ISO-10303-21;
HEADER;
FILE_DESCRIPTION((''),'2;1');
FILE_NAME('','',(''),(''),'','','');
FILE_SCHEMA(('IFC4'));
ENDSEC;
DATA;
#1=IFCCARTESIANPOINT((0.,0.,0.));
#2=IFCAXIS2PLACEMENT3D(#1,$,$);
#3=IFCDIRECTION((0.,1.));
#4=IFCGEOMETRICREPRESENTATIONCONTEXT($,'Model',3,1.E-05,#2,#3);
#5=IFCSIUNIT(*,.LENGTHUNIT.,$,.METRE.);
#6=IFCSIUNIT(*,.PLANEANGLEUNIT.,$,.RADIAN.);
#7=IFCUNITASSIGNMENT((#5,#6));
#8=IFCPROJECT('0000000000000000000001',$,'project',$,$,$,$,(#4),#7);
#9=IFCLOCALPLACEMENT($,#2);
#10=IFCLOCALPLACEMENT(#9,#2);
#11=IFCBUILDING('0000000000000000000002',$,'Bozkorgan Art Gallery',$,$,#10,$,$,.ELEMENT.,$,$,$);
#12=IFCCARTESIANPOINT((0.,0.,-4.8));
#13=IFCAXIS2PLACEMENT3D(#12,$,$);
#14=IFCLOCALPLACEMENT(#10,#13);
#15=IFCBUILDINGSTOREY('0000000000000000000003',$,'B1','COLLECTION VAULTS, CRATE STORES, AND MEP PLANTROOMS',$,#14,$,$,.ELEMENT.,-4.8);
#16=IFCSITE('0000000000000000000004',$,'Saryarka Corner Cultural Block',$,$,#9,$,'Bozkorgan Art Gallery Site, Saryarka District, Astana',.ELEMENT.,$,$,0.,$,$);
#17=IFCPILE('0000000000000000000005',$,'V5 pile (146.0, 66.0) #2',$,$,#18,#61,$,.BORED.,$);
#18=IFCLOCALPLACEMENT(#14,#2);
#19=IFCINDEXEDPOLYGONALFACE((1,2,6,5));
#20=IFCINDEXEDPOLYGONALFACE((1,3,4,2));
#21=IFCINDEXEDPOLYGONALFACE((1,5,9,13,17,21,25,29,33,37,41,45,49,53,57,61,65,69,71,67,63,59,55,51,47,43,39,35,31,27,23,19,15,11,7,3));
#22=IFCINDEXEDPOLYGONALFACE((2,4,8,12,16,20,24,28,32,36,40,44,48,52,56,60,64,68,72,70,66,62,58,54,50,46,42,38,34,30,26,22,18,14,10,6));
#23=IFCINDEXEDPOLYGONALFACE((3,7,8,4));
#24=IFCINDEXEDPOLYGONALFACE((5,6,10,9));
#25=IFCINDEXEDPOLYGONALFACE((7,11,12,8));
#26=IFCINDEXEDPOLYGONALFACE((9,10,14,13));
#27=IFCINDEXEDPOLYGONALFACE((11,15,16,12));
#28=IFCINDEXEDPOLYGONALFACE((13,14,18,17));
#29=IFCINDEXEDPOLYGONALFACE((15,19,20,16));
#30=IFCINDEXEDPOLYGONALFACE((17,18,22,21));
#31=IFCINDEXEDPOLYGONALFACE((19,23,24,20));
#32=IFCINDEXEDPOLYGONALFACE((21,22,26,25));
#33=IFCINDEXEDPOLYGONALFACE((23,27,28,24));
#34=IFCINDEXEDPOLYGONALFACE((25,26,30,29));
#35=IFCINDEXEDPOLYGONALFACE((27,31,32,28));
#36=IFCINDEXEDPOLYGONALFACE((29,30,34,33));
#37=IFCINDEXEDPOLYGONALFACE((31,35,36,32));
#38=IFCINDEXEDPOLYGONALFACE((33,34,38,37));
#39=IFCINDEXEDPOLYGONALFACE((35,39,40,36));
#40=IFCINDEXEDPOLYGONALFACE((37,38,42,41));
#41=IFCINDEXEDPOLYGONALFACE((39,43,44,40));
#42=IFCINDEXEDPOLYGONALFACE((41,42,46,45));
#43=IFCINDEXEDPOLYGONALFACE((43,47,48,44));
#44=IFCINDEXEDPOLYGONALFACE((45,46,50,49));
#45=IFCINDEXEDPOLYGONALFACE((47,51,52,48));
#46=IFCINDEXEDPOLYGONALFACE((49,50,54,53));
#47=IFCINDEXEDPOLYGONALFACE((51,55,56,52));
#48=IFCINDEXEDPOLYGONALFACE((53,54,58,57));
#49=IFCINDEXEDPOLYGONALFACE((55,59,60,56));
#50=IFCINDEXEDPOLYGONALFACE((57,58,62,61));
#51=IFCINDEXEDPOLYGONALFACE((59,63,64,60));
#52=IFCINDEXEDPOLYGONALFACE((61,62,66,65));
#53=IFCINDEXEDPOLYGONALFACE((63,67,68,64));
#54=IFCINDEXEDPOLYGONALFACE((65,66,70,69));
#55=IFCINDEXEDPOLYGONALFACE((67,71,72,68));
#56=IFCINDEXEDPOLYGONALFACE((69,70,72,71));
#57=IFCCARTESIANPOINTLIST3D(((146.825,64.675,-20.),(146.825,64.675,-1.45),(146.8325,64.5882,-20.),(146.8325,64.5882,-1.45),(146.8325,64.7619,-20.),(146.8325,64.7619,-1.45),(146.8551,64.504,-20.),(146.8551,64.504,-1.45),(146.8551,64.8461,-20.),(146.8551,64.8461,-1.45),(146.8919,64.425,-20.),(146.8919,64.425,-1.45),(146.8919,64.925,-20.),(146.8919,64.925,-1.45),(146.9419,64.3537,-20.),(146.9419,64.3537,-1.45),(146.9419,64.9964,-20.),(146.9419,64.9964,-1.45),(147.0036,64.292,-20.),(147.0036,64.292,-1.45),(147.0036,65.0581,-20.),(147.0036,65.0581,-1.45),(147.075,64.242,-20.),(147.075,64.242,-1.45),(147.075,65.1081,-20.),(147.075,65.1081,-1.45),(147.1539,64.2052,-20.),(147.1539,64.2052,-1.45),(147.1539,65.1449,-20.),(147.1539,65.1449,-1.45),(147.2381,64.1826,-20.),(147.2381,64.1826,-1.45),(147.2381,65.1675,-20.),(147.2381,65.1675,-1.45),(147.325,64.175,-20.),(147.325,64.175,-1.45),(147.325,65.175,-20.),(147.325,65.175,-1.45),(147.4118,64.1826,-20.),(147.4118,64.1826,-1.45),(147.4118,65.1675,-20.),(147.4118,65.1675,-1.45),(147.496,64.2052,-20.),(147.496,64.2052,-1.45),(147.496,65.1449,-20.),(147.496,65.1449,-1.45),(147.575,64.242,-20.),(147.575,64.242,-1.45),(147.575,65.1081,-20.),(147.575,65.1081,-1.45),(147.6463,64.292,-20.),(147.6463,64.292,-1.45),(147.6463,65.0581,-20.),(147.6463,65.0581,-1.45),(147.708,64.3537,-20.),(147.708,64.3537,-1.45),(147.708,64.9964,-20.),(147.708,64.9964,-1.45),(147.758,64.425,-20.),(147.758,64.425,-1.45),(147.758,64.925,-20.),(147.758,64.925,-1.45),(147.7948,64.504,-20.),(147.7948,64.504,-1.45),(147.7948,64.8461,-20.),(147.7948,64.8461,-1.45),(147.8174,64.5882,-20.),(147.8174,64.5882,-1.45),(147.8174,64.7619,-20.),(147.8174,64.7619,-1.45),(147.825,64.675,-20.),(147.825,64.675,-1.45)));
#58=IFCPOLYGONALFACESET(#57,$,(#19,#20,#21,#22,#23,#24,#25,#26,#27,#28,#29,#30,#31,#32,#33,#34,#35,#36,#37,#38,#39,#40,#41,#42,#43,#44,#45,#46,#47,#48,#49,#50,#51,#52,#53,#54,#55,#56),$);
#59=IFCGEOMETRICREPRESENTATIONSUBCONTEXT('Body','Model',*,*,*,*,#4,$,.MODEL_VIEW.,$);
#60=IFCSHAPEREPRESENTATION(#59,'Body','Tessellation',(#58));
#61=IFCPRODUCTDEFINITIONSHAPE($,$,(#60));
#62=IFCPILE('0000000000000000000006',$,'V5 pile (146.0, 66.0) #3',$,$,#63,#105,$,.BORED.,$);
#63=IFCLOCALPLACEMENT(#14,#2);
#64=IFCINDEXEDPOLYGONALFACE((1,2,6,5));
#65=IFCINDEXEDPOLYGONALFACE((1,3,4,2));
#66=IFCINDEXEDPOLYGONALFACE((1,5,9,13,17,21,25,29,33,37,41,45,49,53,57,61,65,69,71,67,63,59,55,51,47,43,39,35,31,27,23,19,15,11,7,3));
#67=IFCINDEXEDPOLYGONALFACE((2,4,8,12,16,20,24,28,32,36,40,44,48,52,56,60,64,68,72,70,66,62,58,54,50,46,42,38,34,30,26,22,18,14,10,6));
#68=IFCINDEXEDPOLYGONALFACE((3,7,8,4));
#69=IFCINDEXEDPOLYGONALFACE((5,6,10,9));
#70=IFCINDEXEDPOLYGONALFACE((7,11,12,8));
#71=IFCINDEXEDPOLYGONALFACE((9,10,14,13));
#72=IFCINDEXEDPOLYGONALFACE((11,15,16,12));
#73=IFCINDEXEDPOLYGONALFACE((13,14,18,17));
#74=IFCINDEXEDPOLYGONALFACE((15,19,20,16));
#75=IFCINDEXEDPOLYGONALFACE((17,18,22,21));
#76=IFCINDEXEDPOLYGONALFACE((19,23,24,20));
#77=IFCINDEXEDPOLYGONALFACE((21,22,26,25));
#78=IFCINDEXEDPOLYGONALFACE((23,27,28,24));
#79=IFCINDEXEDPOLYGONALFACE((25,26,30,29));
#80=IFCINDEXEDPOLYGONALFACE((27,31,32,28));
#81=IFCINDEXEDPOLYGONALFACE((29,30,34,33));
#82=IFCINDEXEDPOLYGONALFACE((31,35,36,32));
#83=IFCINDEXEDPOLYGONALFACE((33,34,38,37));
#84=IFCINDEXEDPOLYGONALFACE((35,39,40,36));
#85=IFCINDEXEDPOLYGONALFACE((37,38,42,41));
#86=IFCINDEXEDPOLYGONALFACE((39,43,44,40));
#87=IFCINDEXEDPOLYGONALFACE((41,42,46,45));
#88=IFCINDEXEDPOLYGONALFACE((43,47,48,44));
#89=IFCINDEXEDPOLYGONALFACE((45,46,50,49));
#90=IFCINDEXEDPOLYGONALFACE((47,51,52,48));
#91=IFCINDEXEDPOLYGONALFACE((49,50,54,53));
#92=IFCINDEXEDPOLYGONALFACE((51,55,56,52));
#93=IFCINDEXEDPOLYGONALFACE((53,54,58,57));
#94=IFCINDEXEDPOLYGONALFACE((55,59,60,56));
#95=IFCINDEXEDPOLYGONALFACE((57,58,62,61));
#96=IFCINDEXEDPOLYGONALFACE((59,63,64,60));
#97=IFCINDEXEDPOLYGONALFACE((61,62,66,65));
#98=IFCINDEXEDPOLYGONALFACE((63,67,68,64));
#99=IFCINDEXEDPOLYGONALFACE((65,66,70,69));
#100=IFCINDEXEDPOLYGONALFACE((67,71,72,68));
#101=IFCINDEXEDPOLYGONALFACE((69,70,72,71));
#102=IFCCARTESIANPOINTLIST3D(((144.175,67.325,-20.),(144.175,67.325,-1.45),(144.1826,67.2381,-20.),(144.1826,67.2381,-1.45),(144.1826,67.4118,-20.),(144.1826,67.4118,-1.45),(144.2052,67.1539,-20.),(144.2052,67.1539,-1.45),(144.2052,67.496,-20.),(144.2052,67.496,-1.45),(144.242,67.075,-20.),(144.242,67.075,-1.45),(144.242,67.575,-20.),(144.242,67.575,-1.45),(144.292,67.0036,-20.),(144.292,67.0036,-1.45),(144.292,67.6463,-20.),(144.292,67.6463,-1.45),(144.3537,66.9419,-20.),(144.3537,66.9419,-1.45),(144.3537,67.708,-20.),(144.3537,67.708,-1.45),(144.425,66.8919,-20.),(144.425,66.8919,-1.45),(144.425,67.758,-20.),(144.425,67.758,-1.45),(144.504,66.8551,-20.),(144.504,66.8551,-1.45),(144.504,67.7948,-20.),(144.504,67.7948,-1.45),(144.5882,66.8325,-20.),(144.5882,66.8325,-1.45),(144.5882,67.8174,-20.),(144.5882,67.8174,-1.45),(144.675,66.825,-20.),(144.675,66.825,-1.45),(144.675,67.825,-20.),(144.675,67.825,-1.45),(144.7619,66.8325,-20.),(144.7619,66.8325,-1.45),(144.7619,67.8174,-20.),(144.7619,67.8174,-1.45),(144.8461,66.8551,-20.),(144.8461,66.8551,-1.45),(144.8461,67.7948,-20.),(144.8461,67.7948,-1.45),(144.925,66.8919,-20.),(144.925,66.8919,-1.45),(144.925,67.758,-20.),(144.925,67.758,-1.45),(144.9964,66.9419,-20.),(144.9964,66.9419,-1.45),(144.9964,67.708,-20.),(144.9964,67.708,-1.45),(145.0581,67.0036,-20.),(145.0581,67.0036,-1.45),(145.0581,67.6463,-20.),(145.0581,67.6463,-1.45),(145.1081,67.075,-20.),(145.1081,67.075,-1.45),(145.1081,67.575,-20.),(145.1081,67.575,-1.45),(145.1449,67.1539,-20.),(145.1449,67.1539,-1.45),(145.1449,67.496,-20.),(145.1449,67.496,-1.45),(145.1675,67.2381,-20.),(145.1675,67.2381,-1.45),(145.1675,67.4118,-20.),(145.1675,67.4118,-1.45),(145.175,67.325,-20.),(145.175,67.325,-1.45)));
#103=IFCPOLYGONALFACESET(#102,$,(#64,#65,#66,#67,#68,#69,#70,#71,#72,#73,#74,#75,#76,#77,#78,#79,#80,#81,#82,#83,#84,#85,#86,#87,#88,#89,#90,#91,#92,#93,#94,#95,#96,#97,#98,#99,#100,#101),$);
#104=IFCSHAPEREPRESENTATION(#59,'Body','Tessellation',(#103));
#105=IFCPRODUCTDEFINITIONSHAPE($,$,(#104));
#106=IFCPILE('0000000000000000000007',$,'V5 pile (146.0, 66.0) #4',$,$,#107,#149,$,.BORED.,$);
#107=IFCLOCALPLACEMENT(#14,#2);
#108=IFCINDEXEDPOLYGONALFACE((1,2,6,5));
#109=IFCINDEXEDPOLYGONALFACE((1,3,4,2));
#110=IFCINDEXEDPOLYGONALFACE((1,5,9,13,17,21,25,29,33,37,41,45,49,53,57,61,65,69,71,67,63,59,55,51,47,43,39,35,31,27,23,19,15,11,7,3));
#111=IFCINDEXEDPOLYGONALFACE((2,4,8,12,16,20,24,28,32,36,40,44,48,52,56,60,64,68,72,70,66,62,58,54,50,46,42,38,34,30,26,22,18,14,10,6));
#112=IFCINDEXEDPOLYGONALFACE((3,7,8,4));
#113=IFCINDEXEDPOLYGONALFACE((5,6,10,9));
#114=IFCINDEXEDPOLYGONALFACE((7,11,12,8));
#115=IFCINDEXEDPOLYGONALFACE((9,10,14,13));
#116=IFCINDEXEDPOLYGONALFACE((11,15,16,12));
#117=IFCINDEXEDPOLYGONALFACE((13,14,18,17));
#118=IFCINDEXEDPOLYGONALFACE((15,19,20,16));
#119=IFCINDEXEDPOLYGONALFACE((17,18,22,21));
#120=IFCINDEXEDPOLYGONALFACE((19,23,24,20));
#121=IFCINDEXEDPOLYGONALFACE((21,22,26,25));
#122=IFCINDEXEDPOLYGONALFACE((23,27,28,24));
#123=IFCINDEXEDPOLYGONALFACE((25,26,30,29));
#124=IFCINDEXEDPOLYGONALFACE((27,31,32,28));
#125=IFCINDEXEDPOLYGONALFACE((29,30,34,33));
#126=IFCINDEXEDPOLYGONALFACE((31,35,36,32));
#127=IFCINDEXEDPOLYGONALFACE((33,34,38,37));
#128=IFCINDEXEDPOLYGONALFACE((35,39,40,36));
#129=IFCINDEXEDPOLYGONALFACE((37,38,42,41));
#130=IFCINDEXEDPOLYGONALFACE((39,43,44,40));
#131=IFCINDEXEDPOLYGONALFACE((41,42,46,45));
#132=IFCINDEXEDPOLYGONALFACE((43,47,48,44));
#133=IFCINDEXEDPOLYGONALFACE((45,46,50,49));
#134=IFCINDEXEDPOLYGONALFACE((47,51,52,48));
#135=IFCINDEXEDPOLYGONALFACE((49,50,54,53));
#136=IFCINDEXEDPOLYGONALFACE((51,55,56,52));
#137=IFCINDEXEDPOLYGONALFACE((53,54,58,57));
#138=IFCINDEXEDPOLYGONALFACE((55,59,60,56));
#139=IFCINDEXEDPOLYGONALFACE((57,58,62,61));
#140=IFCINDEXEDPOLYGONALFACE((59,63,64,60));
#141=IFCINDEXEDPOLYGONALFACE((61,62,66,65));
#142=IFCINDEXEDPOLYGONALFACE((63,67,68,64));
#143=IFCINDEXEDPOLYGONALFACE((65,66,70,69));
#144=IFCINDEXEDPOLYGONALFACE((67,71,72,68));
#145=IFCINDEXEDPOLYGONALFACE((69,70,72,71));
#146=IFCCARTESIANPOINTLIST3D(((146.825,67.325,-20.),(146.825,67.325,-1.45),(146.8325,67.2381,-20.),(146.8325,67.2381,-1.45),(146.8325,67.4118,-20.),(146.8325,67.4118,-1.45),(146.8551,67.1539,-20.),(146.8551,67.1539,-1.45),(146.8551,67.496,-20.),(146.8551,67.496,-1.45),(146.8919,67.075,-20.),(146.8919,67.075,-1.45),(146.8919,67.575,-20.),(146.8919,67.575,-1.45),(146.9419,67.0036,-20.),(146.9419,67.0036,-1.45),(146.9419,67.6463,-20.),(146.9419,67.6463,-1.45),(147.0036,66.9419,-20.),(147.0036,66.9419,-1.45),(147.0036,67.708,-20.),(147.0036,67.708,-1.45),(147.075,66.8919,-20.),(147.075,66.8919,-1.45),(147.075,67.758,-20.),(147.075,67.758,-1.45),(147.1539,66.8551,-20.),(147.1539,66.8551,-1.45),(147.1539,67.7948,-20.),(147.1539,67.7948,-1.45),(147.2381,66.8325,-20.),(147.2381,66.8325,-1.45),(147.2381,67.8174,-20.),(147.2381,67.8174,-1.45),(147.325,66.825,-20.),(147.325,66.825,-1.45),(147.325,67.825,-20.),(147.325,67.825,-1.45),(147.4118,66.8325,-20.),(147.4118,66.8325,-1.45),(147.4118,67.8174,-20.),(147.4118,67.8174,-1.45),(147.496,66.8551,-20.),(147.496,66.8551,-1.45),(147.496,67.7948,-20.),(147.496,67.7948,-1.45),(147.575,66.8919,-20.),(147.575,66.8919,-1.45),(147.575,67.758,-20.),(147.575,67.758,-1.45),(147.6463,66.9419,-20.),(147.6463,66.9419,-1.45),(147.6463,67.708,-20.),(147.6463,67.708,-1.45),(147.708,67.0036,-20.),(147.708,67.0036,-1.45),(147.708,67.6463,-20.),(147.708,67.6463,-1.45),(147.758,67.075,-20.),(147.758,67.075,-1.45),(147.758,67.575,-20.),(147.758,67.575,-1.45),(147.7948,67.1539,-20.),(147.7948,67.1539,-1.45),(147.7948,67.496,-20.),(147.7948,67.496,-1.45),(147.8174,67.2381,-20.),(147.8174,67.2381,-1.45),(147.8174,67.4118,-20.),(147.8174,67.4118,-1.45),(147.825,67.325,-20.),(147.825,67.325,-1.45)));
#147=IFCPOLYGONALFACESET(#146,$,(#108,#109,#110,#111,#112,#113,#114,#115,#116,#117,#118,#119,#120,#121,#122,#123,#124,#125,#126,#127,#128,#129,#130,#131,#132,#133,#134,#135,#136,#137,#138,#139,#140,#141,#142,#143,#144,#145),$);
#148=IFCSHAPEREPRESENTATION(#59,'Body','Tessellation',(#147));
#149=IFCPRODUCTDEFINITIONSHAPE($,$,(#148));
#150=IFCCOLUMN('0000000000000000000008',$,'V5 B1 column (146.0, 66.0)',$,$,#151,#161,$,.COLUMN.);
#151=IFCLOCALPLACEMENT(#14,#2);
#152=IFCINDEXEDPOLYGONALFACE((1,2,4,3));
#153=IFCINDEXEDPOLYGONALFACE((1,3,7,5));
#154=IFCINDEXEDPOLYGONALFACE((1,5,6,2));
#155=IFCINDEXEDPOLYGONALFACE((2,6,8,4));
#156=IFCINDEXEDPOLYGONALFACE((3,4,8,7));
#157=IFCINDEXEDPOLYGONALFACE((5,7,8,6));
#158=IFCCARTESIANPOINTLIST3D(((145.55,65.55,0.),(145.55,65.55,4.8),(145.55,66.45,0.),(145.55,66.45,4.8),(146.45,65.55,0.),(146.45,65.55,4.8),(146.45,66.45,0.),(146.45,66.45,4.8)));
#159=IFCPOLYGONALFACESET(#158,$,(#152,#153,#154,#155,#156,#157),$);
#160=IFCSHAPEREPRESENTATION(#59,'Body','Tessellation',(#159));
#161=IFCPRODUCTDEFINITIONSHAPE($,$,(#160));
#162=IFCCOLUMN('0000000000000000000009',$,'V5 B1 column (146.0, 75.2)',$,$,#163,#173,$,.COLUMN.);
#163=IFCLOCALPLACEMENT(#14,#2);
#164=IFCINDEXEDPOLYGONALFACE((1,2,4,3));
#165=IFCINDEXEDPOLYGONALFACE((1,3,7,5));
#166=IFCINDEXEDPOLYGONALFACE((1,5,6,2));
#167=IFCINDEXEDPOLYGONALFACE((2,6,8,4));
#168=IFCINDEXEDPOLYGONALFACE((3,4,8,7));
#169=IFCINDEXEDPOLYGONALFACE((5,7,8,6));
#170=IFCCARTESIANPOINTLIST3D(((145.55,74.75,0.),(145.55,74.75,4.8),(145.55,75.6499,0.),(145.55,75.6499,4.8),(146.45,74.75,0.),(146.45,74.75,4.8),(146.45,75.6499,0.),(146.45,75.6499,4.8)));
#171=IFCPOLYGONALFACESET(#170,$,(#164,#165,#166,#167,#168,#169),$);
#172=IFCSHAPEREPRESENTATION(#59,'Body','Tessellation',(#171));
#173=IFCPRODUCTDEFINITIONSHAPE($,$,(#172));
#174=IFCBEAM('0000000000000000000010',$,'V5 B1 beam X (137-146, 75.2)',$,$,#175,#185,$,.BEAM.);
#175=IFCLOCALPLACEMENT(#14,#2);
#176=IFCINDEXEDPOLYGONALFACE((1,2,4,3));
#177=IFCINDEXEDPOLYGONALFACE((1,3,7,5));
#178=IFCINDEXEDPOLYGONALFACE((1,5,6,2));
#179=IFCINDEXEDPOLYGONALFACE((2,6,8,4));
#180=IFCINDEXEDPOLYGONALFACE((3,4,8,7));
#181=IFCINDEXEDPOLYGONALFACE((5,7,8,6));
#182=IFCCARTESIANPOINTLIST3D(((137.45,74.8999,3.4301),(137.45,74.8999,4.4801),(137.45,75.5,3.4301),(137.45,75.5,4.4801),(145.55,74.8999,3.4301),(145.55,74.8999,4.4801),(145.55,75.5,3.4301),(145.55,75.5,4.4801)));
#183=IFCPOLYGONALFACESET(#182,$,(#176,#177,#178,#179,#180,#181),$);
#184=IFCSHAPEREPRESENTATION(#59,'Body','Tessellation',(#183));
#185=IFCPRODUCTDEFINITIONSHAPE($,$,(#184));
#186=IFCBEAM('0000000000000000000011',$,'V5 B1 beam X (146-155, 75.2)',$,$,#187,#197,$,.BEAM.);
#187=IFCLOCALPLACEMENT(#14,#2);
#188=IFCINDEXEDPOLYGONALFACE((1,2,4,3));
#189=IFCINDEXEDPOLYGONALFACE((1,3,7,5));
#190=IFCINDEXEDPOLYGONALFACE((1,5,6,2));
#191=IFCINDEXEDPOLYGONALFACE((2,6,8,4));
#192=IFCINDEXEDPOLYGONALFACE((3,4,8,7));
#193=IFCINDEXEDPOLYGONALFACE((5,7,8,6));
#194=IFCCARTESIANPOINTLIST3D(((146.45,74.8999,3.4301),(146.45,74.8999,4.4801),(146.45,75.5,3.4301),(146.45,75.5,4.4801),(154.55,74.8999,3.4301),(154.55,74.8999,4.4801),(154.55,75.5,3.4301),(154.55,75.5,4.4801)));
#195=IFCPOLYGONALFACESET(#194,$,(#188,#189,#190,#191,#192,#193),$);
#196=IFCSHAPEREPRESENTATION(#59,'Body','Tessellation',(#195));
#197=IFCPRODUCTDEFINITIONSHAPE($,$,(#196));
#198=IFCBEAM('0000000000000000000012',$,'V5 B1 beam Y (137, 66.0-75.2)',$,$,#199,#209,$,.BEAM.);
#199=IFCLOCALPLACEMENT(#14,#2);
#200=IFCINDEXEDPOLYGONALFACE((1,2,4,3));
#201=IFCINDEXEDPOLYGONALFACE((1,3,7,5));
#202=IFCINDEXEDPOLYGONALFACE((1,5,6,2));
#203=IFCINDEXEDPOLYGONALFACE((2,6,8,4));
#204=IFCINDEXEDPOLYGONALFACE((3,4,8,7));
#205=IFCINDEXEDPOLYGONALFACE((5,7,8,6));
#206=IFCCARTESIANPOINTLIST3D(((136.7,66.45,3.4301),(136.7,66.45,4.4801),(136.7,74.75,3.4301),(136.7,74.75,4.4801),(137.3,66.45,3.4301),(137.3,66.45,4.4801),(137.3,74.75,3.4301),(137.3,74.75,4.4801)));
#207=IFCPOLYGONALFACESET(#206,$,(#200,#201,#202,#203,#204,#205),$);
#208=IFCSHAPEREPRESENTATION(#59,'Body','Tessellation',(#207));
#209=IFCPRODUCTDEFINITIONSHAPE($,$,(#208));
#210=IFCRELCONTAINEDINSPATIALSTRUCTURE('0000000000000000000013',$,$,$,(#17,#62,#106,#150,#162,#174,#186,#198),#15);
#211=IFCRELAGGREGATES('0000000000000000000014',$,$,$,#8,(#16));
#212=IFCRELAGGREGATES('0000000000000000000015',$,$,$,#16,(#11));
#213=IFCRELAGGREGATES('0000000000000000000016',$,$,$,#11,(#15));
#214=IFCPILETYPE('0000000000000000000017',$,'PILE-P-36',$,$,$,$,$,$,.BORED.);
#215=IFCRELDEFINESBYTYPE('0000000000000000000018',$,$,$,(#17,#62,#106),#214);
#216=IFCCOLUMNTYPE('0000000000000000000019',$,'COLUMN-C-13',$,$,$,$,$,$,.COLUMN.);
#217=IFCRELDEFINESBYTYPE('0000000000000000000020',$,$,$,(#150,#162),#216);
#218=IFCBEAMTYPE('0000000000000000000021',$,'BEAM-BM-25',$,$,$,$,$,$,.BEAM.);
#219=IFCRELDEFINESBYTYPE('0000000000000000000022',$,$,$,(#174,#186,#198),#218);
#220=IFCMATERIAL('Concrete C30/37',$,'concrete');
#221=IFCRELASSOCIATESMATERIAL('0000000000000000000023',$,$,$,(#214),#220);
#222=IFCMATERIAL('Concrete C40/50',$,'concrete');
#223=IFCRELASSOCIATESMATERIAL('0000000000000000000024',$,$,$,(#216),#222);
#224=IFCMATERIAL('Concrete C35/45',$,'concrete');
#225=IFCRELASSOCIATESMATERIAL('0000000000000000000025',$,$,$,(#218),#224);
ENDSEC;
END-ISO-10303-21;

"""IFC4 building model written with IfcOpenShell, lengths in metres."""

from ifc_helpers import new_model, si_unit, direction, frame, origin, origin_2d, place, context, subcontext, project, spatial, rectangle, circle, extrude, material, material_profile, profile_set, type_object, element, save


model = new_model("IFC4")

# Units and contexts
model_context = context("Model", 3, precision=1e-05, world=origin(), true_north=direction((0.0, 1.0)))
body_context = subcontext(model_context, "Body", "Model", "MODEL_VIEW")
ifc_project = project(units=[si_unit("LENGTHUNIT", "METRE"), si_unit("PLANEANGLEUNIT", "RADIAN")], contexts=[model_context])

# Site, building, storey
site_placement = place(None, origin())
site = spatial("IfcSite", under=ifc_project, at=site_placement, Name="Saryarka Corner Cultural Block", LongName="Bozkorgan Art Gallery Site, Saryarka District, Astana", CompositionType="ELEMENT", RefElevation=0.0)
building_placement = place(site_placement, origin())
building = spatial("IfcBuilding", under=site, at=building_placement, Name="Bozkorgan Art Gallery", CompositionType="ELEMENT")
storey_placement = place(building_placement, frame((0.0, 0.0, -4.8)))
storey = spatial("IfcBuildingStorey", under=building, at=storey_placement, Name="B1", Description="COLLECTION VAULTS, CRATE STORES, AND MEP PLANTROOMS", CompositionType="ELEMENT", Elevation=-4.8)

# Shared definitions
ifc_material_1 = material(Name="Concrete C30/37", Category="concrete")

# Piles
ifc_material_profile_1 = material_profile(ifc_material_1, circle(Radius=0.5, at=origin_2d()), Name="PILE D1000")
ifc_profile_set_1 = profile_set([ifc_material_profile_1], Name="Concrete C30/37")
pile_type = type_object("IfcPileType", Name="PILE-P-36", PredefinedType="BORED", material=ifc_profile_set_1)
for number, where, z_axis, x_axis, name in (
    (1, (147.325, 64.675, -1.45), (0.0, 0.0, -1.0), (1.0, 0.0, 0.0), "V5 pile (146.0, 66.0) #2"),
    (2, (144.675, 67.325, -1.45), (0.0, 0.0, -1.0), (1.0, 0.0, 0.0), "V5 pile (146.0, 66.0) #3"),
    (3, (147.325, 67.325, -1.45), (0.0, 0.0, -1.0), (1.0, 0.0, 0.0), "V5 pile (146.0, 66.0) #4"),
):
    element("IfcPile", number, at=place(storey_placement, frame(where, z_axis=z_axis, x_axis=x_axis)), inside=storey, type_object=pile_type, Name=name, PredefinedType="BORED", context=body_context, shape_type="SweptSolid", body=[
        extrude(circle(Radius=0.5, at=origin_2d()), origin(), (0.0, 0.0, 1.0), 18.55),
    ])

# Columns
ifc_material_2 = material(Name="Concrete C40/50", Category="concrete")
ifc_material_profile_2 = material_profile(ifc_material_2, rectangle(XDim=0.8999, YDim=0.8999, at=origin_2d()), Name="RC 900x900")
ifc_profile_set_2 = profile_set([ifc_material_profile_2], Name="Concrete C40/50")
column_type = type_object("IfcColumnType", Name="COLUMN-C-13", PredefinedType="COLUMN", material=ifc_profile_set_2)
for number, where, z_axis, x_axis, name in (
    (4, (146.0, 66.0, 0.0), (0.0, 0.0, 1.0), (1.0, 0.0, 0.0), "V5 B1 column (146.0, 66.0)"),
    (5, (146.0, 75.2, 0.0), (0.0, 0.0, 1.0), (1.0, 0.0, 0.0), "V5 B1 column (146.0, 75.2)"),
):
    element("IfcColumn", number, at=place(storey_placement, frame(where, z_axis=z_axis, x_axis=x_axis)), inside=storey, type_object=column_type, Name=name, PredefinedType="COLUMN", context=body_context, shape_type="SweptSolid", body=[
        extrude(rectangle(XDim=0.8999, YDim=0.8999, at=origin_2d()), origin(), (0.0, 0.0, 1.0), 4.8),
    ])

# Beams
ifc_material_3 = material(Name="Concrete C35/45", Category="concrete")
ifc_material_profile_3 = material_profile(ifc_material_3, rectangle(XDim=0.6001, YDim=1.05, at=origin_2d()), Name="RC 600x1050")
ifc_profile_set_3 = profile_set([ifc_material_profile_3], Name="Concrete C35/45")
beam_type_1 = type_object("IfcBeamType", Name="BEAM-BM-25", PredefinedType="BEAM", material=ifc_profile_set_3)
for number, where, z_axis, x_axis, name in (
    (6, (137.45, 75.2, 3.9551), (1.0, 0.0, 0.0), (0.0, 1.0, 0.0), "V5 B1 beam X (137-146, 75.2)"),
    (7, (146.45, 75.2, 3.9551), (1.0, 0.0, 0.0), (0.0, 1.0, 0.0), "V5 B1 beam X (146-155, 75.2)"),
):
    element("IfcBeam", number, at=place(storey_placement, frame(where, z_axis=z_axis, x_axis=x_axis)), inside=storey, type_object=beam_type_1, Name=name, PredefinedType="BEAM", context=body_context, shape_type="SweptSolid", body=[
        extrude(rectangle(XDim=0.6001, YDim=1.05, at=origin_2d()), origin(), (0.0, 0.0, 1.0), 8.1001),
    ])
for number, where, z_axis, x_axis, name in (
    (8, (137.0, 66.45, 3.9551), (0.0, 1.0, 0.0), (-1.0, 0.0, 0.0), "V5 B1 beam Y (137, 66.0-75.2)"),
):
    element("IfcBeam", number, at=place(storey_placement, frame(where, z_axis=z_axis, x_axis=x_axis)), inside=storey, type_object=beam_type_1, Name=name, PredefinedType="BEAM", context=body_context, shape_type="SweptSolid", body=[
        extrude(rectangle(XDim=0.6001, YDim=1.05, at=origin_2d()), origin(), (0.0, 0.0, 1.0), 8.3),
    ])

save(model, "model.ifc")
